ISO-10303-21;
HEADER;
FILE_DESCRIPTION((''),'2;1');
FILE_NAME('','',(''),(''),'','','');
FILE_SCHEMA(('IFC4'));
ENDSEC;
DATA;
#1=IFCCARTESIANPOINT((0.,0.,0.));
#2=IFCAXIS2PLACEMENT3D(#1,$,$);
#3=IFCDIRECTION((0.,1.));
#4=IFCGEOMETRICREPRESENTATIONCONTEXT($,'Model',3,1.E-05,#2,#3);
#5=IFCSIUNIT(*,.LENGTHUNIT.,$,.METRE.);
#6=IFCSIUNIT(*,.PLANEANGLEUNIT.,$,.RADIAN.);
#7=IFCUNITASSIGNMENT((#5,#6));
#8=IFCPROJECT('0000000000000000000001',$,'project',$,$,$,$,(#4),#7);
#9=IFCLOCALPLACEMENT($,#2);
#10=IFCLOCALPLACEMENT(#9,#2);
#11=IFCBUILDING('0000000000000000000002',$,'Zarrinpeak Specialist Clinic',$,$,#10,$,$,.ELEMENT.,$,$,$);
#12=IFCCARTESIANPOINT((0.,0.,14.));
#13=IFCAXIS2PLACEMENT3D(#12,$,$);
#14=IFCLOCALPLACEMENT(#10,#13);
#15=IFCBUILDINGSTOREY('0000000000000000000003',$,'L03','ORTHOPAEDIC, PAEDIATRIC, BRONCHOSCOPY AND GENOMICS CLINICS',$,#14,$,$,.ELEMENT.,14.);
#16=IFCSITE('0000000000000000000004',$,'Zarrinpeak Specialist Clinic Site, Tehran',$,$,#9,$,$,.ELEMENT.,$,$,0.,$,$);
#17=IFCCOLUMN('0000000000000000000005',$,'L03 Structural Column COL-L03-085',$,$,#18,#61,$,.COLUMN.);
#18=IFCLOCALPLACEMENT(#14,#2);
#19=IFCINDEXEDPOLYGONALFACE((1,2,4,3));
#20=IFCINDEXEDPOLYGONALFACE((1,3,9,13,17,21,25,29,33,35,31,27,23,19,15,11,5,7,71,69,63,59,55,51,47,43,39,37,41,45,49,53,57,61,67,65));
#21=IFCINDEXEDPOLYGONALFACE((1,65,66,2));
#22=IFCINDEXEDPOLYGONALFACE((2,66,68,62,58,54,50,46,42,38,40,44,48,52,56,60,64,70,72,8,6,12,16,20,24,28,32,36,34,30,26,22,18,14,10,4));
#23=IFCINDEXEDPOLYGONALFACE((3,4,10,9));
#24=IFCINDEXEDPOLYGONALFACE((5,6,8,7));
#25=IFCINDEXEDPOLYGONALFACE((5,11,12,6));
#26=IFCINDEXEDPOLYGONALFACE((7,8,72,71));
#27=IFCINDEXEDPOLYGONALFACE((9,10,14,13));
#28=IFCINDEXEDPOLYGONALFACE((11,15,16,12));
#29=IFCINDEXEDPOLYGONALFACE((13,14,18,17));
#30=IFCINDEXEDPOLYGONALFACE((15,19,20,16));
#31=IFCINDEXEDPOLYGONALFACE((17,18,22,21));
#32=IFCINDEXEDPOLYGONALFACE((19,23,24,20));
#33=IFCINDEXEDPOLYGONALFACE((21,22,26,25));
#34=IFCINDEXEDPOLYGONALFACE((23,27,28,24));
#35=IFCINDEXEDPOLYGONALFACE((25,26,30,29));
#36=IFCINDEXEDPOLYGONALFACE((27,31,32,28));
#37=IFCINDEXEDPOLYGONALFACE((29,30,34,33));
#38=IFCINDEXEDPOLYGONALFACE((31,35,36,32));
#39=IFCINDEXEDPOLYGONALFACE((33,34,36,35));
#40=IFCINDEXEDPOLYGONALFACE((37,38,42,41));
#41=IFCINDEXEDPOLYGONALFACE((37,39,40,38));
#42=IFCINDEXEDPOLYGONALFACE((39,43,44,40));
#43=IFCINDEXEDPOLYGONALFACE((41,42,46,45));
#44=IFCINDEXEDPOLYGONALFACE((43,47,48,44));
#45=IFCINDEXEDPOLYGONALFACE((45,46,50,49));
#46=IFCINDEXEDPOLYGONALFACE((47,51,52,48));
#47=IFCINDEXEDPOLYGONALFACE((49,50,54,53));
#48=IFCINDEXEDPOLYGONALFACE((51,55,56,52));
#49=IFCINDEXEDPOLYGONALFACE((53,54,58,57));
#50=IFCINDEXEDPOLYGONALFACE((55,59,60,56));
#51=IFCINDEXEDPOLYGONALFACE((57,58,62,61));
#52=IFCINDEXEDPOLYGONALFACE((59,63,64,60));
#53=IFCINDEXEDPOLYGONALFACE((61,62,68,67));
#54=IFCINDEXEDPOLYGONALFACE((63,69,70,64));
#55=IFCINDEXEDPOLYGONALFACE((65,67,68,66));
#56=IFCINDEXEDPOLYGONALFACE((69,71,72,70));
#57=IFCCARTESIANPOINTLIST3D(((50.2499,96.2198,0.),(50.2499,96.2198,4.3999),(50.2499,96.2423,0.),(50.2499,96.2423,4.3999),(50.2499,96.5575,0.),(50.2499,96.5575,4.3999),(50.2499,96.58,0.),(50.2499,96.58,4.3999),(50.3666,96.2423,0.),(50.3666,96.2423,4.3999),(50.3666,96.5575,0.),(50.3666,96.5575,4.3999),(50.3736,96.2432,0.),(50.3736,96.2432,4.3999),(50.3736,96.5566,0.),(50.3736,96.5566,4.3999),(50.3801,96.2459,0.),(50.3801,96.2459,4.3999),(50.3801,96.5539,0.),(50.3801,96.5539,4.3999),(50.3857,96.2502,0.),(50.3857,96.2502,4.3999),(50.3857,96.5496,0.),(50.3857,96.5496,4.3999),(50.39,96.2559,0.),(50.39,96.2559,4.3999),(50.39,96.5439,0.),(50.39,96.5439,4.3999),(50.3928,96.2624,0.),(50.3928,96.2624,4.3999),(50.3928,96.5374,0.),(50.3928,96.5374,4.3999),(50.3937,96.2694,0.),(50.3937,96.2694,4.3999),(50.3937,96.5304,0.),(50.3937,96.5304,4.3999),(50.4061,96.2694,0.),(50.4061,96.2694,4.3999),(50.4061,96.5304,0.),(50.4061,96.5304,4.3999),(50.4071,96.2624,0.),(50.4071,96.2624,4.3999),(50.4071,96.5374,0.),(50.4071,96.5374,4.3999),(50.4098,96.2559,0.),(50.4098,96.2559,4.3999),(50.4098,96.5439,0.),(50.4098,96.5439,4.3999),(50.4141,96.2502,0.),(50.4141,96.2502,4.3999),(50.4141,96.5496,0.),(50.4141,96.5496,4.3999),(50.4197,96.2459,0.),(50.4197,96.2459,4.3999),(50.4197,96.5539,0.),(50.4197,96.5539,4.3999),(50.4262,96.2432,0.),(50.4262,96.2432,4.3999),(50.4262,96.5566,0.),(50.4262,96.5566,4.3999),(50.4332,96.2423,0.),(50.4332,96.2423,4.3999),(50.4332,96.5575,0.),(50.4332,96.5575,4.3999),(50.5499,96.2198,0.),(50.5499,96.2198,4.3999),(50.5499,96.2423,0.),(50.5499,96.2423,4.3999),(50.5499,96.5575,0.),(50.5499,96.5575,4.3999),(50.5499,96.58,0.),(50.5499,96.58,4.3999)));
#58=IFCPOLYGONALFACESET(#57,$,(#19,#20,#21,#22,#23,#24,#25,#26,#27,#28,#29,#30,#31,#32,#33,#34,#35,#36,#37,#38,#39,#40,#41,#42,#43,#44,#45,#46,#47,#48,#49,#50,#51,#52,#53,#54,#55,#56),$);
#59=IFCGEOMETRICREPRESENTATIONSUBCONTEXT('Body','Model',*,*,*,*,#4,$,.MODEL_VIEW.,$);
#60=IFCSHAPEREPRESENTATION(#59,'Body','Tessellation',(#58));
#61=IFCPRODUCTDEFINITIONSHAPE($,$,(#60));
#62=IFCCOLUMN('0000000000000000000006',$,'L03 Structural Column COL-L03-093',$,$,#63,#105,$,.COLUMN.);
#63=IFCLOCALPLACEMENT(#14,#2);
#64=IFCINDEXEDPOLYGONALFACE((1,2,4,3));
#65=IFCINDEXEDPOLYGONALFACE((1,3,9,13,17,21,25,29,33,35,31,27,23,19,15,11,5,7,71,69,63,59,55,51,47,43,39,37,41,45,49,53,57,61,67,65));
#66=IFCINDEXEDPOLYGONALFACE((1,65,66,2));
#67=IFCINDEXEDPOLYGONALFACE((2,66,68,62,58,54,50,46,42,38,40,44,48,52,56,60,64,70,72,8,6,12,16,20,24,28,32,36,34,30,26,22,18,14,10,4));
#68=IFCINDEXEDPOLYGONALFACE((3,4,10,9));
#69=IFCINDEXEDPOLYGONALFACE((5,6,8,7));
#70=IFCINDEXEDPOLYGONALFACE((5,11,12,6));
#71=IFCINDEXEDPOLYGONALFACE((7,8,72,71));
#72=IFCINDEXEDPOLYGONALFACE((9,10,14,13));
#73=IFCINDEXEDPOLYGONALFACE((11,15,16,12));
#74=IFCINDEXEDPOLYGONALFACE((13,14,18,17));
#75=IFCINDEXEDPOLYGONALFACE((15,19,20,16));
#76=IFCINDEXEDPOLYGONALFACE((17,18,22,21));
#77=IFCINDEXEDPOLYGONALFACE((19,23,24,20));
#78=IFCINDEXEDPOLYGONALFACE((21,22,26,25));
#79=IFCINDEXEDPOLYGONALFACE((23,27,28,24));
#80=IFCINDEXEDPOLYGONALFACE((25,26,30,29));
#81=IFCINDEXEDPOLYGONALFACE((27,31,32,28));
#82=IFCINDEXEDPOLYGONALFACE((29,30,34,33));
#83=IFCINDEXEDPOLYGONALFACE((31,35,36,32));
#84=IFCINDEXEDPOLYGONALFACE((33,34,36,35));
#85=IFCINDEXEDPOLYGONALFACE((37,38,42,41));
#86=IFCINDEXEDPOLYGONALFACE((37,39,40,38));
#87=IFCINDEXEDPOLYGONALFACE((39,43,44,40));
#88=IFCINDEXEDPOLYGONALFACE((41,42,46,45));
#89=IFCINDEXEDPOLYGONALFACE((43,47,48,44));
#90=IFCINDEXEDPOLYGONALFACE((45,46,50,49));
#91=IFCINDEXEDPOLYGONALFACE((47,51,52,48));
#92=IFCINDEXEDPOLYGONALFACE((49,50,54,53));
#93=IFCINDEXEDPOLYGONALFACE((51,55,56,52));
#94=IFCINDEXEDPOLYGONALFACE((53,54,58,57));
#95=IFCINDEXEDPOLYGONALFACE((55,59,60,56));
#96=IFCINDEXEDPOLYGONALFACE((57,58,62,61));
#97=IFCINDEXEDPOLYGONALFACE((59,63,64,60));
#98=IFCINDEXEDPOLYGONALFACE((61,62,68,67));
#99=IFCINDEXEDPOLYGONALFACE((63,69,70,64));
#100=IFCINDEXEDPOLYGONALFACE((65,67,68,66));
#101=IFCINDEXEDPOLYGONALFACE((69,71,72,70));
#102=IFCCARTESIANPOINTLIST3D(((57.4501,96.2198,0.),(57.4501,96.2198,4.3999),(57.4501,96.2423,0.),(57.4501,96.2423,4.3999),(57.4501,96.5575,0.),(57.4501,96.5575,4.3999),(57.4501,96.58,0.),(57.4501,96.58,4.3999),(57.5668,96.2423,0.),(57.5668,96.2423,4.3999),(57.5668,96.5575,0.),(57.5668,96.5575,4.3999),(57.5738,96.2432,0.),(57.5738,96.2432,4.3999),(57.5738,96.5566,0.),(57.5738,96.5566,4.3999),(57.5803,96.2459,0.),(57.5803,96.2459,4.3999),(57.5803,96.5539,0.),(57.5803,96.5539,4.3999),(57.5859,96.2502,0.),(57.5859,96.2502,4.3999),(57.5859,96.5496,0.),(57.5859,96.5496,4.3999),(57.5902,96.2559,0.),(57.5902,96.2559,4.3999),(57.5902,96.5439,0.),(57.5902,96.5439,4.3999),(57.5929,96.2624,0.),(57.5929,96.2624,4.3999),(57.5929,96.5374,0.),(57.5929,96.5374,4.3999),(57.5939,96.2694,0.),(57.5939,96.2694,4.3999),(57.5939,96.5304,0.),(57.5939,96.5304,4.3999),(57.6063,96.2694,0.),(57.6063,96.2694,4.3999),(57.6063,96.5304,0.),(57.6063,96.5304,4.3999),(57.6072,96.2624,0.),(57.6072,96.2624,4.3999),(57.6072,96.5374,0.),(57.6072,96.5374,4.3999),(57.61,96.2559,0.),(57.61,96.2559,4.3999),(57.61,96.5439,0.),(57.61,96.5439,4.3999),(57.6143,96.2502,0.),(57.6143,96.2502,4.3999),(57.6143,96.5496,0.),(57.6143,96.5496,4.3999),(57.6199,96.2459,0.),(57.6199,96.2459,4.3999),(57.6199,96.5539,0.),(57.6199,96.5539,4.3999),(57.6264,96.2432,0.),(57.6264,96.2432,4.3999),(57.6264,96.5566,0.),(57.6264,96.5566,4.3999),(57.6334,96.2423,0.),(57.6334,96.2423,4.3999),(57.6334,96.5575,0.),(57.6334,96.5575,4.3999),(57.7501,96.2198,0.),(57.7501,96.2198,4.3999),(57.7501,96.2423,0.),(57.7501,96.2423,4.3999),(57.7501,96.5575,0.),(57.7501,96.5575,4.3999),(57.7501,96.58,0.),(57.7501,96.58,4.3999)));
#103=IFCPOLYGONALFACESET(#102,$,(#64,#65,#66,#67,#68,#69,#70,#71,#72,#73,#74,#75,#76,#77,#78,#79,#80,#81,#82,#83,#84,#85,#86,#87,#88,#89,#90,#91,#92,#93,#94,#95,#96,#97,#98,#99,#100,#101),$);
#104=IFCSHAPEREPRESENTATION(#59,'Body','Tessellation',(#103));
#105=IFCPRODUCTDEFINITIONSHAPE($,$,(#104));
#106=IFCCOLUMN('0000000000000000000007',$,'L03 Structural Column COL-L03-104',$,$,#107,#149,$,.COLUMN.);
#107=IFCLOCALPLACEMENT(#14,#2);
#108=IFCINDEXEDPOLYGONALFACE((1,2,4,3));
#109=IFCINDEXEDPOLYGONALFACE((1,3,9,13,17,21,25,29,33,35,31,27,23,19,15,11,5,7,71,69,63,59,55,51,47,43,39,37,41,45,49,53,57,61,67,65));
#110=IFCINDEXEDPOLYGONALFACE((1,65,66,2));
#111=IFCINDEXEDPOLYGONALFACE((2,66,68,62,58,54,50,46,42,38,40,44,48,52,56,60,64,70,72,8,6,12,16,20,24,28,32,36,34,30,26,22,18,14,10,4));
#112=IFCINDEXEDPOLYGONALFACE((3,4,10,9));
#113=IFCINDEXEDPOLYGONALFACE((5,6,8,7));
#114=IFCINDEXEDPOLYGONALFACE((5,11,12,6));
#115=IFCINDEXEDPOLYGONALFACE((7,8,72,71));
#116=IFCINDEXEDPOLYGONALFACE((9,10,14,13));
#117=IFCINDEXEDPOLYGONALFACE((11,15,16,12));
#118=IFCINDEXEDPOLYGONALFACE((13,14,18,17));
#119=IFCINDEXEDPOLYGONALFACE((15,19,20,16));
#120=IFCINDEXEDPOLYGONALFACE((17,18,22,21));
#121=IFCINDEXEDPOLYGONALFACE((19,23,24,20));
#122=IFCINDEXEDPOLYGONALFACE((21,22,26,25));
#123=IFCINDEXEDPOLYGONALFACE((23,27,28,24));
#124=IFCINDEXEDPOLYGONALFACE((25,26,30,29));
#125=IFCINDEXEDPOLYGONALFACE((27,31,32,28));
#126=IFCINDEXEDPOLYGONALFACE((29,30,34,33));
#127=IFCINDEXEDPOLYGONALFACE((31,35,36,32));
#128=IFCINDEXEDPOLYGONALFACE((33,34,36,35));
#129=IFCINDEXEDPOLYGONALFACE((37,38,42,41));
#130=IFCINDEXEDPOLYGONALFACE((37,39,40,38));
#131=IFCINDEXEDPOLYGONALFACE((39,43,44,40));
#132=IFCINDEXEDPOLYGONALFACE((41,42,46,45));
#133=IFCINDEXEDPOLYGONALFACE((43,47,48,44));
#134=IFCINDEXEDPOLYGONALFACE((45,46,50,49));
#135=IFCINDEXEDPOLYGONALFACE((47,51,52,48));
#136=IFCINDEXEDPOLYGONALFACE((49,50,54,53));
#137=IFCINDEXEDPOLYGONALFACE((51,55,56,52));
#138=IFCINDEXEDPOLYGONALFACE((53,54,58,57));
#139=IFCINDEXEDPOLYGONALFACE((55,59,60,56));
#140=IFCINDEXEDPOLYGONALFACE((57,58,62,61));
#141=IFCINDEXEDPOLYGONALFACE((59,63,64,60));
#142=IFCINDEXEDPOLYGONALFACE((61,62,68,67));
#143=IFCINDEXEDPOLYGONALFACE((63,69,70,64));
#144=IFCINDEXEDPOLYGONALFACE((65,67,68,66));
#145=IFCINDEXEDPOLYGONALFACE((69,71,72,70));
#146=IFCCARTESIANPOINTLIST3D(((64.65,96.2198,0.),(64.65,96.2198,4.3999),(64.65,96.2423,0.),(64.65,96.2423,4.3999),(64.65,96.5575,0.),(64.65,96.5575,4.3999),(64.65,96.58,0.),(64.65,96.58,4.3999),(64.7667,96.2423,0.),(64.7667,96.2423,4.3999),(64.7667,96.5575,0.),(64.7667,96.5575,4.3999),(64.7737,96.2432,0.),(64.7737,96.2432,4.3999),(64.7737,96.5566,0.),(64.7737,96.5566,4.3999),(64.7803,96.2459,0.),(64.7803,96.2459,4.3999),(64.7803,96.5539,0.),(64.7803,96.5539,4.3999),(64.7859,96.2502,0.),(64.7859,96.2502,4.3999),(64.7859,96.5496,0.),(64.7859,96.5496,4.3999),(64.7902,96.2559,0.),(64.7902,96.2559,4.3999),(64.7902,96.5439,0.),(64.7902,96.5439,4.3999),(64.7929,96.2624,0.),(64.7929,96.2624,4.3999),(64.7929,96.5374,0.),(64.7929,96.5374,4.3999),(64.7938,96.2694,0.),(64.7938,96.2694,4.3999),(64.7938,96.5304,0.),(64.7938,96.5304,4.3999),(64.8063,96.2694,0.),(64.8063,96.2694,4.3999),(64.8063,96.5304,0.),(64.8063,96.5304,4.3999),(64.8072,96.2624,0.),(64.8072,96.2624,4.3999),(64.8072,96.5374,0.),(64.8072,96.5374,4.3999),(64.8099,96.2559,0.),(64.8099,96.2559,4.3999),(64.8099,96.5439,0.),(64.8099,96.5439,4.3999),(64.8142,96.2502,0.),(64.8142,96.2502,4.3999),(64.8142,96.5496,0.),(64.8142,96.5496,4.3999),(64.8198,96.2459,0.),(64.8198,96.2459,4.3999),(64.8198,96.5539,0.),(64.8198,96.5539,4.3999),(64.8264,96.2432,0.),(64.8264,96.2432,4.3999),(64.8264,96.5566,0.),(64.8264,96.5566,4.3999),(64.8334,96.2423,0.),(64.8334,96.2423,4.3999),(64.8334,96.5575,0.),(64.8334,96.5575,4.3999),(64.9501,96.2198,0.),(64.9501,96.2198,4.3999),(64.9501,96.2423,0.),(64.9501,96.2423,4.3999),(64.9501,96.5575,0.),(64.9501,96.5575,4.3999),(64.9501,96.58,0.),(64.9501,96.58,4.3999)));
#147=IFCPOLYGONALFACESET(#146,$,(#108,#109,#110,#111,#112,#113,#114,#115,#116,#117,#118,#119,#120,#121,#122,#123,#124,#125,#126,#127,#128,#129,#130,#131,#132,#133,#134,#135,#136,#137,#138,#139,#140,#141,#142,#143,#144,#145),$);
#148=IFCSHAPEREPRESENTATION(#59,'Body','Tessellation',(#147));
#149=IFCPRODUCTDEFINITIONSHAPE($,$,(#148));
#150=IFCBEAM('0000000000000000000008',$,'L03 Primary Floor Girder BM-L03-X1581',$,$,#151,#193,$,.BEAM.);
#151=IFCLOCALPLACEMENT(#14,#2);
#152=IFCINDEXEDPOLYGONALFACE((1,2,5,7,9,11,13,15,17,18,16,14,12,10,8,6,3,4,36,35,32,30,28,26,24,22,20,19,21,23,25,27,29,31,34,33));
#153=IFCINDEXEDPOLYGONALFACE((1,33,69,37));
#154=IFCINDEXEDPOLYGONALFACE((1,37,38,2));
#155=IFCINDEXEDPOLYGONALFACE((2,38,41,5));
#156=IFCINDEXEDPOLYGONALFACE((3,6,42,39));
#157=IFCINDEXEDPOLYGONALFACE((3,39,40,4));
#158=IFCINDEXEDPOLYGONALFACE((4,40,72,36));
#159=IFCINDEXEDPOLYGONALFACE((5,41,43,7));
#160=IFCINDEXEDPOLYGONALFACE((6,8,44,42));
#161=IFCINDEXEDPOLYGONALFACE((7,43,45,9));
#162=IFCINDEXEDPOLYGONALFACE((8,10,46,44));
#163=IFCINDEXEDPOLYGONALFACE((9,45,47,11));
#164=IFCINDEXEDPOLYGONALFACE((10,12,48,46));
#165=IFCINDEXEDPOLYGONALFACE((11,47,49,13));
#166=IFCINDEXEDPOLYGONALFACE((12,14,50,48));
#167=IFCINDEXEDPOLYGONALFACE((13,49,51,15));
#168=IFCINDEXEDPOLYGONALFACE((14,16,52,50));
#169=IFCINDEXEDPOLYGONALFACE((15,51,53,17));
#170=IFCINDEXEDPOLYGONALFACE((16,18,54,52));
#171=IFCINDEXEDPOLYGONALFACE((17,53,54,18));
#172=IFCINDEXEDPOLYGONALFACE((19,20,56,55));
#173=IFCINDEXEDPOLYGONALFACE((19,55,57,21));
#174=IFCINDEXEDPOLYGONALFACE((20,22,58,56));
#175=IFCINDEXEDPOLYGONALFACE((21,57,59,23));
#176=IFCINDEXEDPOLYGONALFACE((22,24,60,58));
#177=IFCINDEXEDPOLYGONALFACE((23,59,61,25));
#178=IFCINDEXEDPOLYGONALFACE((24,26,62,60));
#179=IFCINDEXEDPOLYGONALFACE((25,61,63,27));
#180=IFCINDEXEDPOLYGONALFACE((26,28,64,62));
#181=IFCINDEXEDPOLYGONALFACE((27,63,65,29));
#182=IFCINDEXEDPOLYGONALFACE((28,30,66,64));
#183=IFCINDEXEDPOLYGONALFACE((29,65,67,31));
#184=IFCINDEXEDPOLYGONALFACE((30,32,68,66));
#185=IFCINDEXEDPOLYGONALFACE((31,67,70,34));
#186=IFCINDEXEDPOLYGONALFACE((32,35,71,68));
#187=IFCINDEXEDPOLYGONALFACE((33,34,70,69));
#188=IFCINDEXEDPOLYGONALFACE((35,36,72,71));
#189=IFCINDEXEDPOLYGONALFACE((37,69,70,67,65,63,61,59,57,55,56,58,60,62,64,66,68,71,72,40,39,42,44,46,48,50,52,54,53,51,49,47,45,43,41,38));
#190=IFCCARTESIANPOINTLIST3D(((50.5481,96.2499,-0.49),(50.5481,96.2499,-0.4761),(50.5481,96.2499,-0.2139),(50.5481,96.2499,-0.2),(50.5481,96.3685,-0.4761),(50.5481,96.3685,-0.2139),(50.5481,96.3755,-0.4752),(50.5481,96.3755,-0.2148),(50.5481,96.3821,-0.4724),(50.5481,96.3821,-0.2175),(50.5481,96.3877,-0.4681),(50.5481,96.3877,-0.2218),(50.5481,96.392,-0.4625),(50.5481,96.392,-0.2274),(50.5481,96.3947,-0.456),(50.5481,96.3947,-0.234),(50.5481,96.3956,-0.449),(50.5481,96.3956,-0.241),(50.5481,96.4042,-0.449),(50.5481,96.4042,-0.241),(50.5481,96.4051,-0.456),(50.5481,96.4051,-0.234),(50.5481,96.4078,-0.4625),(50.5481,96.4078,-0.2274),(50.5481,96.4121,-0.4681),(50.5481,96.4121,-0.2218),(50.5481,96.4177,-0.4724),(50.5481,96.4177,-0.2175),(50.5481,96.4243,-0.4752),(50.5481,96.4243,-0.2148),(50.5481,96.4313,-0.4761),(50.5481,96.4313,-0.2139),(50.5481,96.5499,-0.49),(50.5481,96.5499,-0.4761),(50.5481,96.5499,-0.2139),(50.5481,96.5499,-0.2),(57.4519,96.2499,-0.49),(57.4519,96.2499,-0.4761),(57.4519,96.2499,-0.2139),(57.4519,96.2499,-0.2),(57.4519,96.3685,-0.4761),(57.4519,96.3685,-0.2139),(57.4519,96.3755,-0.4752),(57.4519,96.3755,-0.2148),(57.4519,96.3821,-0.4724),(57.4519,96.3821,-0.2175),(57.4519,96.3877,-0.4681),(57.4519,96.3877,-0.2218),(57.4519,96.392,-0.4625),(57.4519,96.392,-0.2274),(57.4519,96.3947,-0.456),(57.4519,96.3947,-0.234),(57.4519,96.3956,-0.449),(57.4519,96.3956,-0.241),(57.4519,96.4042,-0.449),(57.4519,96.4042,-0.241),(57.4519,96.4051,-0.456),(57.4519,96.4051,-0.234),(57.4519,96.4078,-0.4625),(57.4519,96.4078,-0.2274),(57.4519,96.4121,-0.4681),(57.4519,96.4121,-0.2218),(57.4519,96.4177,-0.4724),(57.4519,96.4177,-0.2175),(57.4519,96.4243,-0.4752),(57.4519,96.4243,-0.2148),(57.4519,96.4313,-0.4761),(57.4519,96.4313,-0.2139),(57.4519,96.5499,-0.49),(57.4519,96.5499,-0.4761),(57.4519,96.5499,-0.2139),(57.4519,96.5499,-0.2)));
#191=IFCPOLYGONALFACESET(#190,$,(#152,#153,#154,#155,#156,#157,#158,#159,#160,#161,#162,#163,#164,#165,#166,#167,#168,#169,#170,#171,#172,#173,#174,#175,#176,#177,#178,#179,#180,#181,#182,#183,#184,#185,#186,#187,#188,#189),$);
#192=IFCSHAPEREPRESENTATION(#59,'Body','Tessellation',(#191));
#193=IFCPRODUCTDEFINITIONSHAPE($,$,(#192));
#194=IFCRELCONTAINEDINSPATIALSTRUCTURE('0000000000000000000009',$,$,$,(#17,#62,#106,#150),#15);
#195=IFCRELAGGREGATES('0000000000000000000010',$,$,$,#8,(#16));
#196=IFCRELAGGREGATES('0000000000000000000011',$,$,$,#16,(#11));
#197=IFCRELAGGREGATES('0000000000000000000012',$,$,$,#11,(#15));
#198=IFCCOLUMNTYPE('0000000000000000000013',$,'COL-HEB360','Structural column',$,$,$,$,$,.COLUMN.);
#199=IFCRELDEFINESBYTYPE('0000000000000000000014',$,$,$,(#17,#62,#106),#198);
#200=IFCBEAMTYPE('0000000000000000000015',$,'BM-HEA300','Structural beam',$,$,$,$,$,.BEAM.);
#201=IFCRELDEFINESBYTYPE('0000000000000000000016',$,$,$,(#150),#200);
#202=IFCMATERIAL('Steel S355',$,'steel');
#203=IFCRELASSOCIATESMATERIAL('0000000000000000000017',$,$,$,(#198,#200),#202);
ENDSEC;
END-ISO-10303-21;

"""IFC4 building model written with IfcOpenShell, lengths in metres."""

from ifc_helpers import new_model, si_unit, direction, frame, origin, origin_2d, place, context, subcontext, project, spatial, i_section, extrude, material, material_profile, profile_set, type_object, element, save


model = new_model("IFC4")

# Units and contexts
model_context = context("Model", 3, precision=1e-05, world=origin(), true_north=direction((0.0, 1.0)))
body_context = subcontext(model_context, "Body", "Model", "MODEL_VIEW")
ifc_project = project(units=[si_unit("LENGTHUNIT", "METRE"), si_unit("PLANEANGLEUNIT", "RADIAN")], contexts=[model_context])

# Site, building, storey
site_placement = place(None, origin())
site = spatial("IfcSite", under=ifc_project, at=site_placement, Name="Zarrinpeak Specialist Clinic Site, Tehran", CompositionType="ELEMENT", RefElevation=0.0)
building_placement = place(site_placement, origin())
building = spatial("IfcBuilding", under=site, at=building_placement, Name="Zarrinpeak Specialist Clinic", CompositionType="ELEMENT")
storey_placement = place(building_placement, frame((0.0, 0.0, 14.0)))
storey = spatial("IfcBuildingStorey", under=building, at=storey_placement, Name="L03", Description="ORTHOPAEDIC, PAEDIATRIC, BRONCHOSCOPY AND GENOMICS CLINICS", CompositionType="ELEMENT", Elevation=14.0)

# Columns
ifc_material_1 = material(Name="Steel S355", Category="steel")
ifc_material_profile_1 = material_profile(ifc_material_1, i_section(OverallWidth=0.3, OverallDepth=0.3601, WebThickness=0.0125, FlangeThickness=0.0225, FilletRadius=0.0271, at=origin_2d()), Name="HEB 360")
ifc_profile_set_1 = profile_set([ifc_material_profile_1], Name="Steel S355")
column_type = type_object("IfcColumnType", Name="COL-HEB360", Description="Structural column", PredefinedType="COLUMN", material=ifc_profile_set_1)
for number, where, z_axis, x_axis, name in (
    (1, (50.3999, 96.3999, 0.0), (0.0, 0.0, 1.0), (1.0, 0.0, 0.0), "L03 Structural Column COL-L03-085"),
    (2, (57.6001, 96.3999, 0.0), (0.0, 0.0, 1.0), (1.0, 0.0, 0.0), "L03 Structural Column COL-L03-093"),
    (3, (64.8, 96.3999, 0.0), (0.0, 0.0, 1.0), (1.0, 0.0, 0.0), "L03 Structural Column COL-L03-104"),
):
    element("IfcColumn", number, at=place(storey_placement, frame(where, z_axis=z_axis, x_axis=x_axis)), inside=storey, type_object=column_type, Name=name, PredefinedType="COLUMN", context=body_context, shape_type="SweptSolid", body=[
        extrude(i_section(OverallWidth=0.3, OverallDepth=0.3601, WebThickness=0.0125, FlangeThickness=0.0225, FilletRadius=0.0271, at=origin_2d()), origin(), (0.0, 0.0, 1.0), 4.3999),
    ])

# Beam
ifc_material_profile_2 = material_profile(ifc_material_1, i_section(OverallWidth=0.3, OverallDepth=0.29, WebThickness=0.0085, FlangeThickness=0.0139, FilletRadius=0.0271, at=origin_2d()), Name="HEA 300")
ifc_profile_set_2 = profile_set([ifc_material_profile_2], Name="Steel S355")
beam_type_1 = type_object("IfcBeamType", Name="BM-HEA300", Description="Structural beam", PredefinedType="BEAM", material=ifc_profile_set_2)
beam_1_placement = place(storey_placement, frame((50.5481, 96.3999, -0.345), z_axis=(1.0, 0.0, 0.0), x_axis=(0.0, 1.0, 0.0)))
element("IfcBeam", 4, at=beam_1_placement, inside=storey, type_object=beam_type_1, Name="L03 Primary Floor Girder BM-L03-X1581", PredefinedType="BEAM", context=body_context, shape_type="SweptSolid", body=[
    extrude(i_section(OverallWidth=0.3, OverallDepth=0.29, WebThickness=0.0085, FlangeThickness=0.0139, FilletRadius=0.0271, at=origin_2d()), origin(), (0.0, 0.0, 1.0), 6.9038),
])

save(model, "model.ifc")
